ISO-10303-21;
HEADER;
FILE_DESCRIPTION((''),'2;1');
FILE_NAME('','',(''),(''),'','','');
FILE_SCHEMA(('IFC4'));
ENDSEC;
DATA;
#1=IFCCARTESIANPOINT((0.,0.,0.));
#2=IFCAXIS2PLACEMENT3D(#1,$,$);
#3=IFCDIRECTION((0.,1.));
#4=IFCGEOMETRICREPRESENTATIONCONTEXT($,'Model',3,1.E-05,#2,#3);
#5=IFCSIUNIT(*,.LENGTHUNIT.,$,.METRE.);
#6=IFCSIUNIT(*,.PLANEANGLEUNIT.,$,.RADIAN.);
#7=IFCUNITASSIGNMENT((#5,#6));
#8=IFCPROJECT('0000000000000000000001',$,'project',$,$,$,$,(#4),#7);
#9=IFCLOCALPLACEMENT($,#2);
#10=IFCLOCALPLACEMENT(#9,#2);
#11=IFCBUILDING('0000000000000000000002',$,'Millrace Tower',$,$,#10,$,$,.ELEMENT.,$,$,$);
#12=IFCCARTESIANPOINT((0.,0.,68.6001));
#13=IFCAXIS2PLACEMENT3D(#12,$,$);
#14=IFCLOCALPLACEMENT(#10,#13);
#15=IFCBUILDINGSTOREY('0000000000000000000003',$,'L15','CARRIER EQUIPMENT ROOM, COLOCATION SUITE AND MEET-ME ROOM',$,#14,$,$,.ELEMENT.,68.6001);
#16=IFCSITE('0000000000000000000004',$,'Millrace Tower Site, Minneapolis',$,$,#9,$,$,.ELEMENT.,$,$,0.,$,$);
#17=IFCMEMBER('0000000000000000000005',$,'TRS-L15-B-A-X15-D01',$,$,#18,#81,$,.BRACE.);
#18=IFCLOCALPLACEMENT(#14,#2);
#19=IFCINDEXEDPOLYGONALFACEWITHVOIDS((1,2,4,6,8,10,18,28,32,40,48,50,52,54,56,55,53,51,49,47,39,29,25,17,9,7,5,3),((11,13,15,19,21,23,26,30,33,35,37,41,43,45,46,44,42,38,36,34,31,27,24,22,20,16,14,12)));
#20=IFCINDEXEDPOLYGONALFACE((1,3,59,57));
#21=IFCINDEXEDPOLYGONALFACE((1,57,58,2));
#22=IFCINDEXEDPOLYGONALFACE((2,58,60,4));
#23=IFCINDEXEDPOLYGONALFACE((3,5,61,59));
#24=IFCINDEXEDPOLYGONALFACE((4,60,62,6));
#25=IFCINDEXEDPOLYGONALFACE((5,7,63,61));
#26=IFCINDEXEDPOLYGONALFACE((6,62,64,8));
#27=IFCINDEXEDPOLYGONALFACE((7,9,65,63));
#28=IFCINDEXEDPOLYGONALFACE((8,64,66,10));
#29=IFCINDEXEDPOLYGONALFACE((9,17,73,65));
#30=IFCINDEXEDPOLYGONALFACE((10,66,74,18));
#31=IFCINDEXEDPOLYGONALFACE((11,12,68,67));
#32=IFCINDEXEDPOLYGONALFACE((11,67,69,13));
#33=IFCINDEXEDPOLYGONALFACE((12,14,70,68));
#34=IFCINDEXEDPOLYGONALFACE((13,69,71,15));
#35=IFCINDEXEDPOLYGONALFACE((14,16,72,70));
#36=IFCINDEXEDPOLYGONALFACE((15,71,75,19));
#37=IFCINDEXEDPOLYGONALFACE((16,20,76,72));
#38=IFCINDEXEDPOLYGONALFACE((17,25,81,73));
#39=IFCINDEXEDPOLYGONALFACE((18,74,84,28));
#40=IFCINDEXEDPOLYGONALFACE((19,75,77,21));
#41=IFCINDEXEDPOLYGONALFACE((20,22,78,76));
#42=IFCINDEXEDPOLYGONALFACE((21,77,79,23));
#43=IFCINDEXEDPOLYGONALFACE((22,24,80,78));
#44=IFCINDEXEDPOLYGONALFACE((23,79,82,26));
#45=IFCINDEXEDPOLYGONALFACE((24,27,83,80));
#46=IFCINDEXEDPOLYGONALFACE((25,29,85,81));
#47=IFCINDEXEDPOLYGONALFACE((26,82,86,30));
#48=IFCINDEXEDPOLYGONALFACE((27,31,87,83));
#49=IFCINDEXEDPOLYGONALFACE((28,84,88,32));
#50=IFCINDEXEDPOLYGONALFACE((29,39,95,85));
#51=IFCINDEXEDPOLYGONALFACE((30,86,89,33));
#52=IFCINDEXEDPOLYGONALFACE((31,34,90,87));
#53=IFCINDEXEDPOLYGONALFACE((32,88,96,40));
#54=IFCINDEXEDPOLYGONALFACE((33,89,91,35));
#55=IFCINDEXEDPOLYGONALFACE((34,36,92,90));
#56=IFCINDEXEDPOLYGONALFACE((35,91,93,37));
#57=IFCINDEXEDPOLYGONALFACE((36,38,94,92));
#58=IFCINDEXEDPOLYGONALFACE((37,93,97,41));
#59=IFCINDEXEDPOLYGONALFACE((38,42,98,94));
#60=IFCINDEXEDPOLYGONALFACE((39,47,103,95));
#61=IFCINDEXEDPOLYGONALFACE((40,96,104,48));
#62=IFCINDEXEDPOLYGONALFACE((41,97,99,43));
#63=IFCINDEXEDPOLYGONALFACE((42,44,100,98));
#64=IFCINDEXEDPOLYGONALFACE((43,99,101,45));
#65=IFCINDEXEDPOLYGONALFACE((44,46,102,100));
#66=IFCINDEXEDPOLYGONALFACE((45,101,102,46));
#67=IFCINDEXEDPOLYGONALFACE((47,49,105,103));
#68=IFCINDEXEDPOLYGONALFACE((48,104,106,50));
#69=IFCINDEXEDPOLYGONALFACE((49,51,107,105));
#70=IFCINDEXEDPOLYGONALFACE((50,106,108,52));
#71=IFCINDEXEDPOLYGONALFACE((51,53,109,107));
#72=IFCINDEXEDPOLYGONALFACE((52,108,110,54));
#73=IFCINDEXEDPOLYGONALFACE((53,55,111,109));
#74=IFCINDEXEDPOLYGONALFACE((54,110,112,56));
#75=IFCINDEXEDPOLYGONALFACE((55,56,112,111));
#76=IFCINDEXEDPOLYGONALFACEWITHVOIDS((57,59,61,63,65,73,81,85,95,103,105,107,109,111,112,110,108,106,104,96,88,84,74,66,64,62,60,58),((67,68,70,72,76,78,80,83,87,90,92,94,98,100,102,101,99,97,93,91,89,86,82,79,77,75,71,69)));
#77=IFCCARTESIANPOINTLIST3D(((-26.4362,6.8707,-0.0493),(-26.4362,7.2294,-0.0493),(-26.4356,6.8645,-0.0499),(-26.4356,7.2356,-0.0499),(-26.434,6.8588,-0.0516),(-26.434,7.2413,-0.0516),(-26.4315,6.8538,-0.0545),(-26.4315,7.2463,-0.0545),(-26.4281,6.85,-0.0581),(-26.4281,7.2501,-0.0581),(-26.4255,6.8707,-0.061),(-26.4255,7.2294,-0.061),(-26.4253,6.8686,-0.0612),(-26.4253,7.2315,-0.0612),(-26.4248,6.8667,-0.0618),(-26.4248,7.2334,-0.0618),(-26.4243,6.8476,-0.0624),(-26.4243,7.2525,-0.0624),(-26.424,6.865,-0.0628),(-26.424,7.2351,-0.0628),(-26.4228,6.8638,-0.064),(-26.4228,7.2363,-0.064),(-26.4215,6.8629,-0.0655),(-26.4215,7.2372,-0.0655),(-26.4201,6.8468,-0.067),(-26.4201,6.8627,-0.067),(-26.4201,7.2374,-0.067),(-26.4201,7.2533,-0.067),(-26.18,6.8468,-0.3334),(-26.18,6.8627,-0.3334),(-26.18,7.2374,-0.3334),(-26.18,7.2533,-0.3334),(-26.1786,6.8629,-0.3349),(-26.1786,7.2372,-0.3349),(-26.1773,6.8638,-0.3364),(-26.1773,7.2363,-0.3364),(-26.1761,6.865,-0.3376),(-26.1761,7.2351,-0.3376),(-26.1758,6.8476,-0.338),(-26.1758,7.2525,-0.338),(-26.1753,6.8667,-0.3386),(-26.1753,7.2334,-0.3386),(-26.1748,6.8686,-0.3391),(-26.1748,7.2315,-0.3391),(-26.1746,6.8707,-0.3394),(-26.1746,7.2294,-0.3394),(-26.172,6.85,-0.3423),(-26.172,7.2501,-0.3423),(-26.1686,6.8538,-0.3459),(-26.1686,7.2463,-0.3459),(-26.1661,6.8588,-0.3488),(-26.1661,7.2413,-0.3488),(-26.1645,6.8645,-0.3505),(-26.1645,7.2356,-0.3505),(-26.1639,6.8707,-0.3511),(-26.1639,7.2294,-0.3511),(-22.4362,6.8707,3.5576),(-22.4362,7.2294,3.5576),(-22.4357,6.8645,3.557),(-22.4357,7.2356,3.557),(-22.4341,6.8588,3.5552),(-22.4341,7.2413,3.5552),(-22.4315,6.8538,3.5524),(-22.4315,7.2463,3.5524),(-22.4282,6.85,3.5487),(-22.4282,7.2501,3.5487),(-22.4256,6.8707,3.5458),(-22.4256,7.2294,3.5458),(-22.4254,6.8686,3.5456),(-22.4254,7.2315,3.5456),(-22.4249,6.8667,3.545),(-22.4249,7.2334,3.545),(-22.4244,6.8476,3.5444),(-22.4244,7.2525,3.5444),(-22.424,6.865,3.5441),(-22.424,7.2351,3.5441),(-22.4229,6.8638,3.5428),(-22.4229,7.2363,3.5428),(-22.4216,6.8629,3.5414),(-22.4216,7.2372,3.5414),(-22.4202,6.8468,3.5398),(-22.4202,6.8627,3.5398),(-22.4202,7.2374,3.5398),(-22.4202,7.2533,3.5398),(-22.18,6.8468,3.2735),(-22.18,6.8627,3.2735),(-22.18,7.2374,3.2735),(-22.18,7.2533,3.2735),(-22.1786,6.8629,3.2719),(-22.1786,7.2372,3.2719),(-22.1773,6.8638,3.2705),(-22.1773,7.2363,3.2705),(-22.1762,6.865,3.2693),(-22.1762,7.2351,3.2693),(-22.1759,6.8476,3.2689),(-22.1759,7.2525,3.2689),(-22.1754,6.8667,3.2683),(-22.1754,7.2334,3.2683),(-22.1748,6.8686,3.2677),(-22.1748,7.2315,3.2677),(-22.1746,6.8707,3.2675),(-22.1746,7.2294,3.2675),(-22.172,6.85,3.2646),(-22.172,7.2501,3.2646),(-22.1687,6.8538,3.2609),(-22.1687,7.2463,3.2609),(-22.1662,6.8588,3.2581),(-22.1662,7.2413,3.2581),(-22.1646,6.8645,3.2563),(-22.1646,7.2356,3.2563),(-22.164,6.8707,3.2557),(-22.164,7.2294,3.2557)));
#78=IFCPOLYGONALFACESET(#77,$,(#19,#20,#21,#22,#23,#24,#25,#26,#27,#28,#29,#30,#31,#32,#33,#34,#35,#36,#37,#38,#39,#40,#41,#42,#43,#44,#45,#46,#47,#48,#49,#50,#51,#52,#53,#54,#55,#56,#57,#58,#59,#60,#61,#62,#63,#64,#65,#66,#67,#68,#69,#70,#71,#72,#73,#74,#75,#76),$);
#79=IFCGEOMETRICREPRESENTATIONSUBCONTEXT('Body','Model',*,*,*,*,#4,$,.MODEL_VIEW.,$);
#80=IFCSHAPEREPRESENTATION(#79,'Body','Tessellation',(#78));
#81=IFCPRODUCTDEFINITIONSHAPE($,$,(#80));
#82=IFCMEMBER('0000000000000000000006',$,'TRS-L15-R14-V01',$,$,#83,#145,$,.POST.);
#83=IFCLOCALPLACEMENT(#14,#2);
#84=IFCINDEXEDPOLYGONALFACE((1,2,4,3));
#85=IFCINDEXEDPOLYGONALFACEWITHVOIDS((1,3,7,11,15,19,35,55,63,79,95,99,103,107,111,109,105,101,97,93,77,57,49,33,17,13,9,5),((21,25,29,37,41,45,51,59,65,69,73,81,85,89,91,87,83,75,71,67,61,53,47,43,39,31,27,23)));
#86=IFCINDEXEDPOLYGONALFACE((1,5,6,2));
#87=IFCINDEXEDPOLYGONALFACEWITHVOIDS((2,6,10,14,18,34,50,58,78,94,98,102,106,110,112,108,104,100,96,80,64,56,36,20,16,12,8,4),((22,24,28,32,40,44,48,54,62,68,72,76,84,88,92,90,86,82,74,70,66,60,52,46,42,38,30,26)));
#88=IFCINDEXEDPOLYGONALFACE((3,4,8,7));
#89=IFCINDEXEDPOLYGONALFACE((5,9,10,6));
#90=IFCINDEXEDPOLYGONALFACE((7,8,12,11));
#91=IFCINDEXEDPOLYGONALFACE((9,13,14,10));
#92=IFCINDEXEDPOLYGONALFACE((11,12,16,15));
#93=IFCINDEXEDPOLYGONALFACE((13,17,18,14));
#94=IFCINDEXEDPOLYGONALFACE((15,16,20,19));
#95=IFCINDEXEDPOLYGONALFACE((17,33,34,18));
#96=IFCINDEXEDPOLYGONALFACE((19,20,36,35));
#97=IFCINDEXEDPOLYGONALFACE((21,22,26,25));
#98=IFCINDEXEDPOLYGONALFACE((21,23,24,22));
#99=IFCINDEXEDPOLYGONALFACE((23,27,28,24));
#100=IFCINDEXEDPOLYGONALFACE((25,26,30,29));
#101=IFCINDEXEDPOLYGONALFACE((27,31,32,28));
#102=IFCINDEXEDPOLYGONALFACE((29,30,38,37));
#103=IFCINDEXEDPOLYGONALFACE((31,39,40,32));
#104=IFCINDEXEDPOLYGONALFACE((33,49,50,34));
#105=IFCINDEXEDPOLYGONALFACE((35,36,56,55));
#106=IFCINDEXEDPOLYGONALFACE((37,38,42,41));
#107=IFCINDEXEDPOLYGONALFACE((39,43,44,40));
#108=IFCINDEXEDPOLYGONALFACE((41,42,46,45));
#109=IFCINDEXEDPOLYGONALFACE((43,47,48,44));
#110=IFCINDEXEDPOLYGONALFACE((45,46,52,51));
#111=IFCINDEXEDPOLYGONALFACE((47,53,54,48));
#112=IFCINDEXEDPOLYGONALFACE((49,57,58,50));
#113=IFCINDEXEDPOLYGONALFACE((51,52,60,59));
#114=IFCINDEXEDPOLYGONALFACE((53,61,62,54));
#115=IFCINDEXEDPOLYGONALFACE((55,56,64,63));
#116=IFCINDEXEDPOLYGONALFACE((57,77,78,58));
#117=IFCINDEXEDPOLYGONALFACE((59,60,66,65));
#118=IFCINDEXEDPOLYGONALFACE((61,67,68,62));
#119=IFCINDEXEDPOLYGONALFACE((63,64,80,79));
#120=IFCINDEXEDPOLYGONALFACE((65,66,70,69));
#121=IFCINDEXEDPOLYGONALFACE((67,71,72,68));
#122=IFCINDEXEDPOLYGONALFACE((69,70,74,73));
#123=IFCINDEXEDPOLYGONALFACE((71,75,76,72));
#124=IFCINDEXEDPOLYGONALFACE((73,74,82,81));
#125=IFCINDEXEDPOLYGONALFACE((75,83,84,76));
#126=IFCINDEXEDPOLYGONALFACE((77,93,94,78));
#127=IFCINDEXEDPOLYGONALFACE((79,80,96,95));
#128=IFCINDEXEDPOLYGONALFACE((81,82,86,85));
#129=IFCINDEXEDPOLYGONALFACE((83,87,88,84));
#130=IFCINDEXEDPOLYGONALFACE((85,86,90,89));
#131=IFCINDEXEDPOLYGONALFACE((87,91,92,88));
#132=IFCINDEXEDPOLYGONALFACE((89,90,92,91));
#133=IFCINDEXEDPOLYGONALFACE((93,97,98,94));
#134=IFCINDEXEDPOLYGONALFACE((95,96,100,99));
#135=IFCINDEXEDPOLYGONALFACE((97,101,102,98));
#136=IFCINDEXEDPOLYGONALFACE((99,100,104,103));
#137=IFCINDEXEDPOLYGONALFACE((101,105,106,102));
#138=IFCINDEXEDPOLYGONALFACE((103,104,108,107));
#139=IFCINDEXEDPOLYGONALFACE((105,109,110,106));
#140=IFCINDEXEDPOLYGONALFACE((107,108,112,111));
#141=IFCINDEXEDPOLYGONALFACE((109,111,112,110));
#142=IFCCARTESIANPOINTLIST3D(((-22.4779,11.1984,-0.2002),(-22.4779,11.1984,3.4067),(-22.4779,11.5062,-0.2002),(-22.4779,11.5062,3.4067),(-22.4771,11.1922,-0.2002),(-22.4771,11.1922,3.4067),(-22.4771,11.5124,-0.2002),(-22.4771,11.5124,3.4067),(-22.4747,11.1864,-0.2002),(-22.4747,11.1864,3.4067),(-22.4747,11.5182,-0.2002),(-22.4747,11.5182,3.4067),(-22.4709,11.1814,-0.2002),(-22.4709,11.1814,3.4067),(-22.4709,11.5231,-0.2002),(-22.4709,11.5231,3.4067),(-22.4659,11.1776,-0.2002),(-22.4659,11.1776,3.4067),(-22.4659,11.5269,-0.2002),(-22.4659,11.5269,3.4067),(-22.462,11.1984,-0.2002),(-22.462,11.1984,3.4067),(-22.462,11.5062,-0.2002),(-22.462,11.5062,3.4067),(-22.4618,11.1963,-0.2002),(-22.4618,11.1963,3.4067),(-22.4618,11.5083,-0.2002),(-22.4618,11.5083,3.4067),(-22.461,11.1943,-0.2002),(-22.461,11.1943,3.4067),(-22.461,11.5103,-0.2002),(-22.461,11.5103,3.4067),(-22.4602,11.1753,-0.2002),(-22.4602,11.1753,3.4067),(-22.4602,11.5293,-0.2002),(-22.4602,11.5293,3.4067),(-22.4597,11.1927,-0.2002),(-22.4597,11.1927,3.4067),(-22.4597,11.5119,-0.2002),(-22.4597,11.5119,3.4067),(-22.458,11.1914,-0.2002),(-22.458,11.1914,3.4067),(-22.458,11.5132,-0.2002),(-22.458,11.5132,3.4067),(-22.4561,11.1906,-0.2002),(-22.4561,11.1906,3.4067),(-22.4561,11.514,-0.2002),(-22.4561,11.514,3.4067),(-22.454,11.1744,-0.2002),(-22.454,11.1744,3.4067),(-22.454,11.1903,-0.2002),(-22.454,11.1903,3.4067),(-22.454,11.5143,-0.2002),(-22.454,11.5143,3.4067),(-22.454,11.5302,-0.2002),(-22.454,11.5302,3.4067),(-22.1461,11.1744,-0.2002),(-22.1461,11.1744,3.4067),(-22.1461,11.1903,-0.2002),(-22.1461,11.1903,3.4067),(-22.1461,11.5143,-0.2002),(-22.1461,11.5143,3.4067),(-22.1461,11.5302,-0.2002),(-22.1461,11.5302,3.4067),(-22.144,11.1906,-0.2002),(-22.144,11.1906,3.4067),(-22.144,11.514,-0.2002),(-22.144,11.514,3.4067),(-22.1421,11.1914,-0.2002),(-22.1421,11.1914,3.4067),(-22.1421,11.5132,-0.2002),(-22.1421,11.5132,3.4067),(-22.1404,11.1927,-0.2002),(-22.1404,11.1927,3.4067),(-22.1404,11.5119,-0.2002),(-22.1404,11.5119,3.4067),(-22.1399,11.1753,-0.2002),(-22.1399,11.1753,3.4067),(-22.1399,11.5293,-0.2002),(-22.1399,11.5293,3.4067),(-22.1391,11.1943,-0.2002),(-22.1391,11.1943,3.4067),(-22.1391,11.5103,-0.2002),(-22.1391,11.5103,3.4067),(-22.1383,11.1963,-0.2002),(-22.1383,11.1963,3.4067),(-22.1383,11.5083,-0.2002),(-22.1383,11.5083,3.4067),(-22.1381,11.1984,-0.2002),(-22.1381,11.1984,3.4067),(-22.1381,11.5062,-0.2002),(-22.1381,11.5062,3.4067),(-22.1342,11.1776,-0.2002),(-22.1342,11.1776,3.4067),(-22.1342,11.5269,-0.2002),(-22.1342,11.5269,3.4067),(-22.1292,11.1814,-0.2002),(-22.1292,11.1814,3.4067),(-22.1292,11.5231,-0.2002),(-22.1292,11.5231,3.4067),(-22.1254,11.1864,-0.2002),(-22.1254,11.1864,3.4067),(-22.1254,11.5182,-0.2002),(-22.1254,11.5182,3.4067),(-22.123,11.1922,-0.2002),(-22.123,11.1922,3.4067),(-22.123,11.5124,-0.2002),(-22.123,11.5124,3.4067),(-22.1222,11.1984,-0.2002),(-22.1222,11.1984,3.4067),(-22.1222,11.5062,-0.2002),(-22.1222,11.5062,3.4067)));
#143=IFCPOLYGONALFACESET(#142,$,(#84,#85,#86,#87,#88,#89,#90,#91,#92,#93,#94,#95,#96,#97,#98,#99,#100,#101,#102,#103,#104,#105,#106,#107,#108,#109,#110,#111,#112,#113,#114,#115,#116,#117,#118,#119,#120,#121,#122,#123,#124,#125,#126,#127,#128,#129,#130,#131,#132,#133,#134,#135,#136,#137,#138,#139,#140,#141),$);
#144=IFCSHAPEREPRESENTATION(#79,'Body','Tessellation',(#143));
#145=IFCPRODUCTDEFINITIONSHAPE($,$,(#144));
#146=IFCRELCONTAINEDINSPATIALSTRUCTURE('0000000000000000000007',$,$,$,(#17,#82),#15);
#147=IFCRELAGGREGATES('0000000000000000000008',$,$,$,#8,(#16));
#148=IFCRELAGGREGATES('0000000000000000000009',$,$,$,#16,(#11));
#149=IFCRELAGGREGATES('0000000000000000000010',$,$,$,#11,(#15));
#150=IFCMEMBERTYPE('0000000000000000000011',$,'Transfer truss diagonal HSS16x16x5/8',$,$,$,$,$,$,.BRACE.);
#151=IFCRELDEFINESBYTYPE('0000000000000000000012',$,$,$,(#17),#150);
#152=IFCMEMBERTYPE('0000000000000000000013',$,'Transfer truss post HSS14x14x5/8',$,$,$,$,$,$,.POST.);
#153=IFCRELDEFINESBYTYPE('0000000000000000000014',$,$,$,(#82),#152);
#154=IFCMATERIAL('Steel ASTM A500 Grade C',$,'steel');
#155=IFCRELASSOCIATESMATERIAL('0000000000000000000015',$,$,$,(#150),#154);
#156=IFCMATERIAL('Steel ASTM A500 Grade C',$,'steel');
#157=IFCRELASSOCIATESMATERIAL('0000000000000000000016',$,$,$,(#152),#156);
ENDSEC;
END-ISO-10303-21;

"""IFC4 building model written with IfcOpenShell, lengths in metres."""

from ifc_helpers import new_model, si_unit, direction, frame, origin, origin_2d, place, context, subcontext, project, spatial, hollow_rectangle, extrude, material, material_profile, profile_set, type_object, element, save


model = new_model("IFC4")

# Units and contexts
model_context = context("Model", 3, precision=1e-05, world=origin(), true_north=direction((0.0, 1.0)))
body_context = subcontext(model_context, "Body", "Model", "MODEL_VIEW")
ifc_project = project(units=[si_unit("LENGTHUNIT", "METRE"), si_unit("PLANEANGLEUNIT", "RADIAN")], contexts=[model_context])

# Site, building, storey
site_placement = place(None, origin())
site = spatial("IfcSite", under=ifc_project, at=site_placement, Name="Millrace Tower Site, Minneapolis", CompositionType="ELEMENT", RefElevation=0.0)
building_placement = place(site_placement, origin())
building = spatial("IfcBuilding", under=site, at=building_placement, Name="Millrace Tower", CompositionType="ELEMENT")
storey_placement = place(building_placement, frame((0.0, 0.0, 68.6001)))
storey = spatial("IfcBuildingStorey", under=building, at=storey_placement, Name="L15", Description="CARRIER EQUIPMENT ROOM, COLOCATION SUITE AND MEET-ME ROOM", CompositionType="ELEMENT", Elevation=68.6001)

# Members
ifc_material_1 = material(Name="Steel ASTM A500 Grade C", Category="steel")
ifc_material_profile_1 = material_profile(ifc_material_1, hollow_rectangle(XDim=0.4065, YDim=0.4065, WallThickness=0.0159, InnerFilletRadius=0.0081, OuterFilletRadius=0.0239, at=origin_2d()))
ifc_profile_set_1 = profile_set([ifc_material_profile_1], Name="Steel ASTM A500 Grade C")
member_type_1 = type_object("IfcMemberType", Name="Transfer truss diagonal HSS16x16x5/8", PredefinedType="BRACE", material=ifc_profile_set_1)
member_1_placement = place(storey_placement, frame((-26.3, 7.05, -0.2002), z_axis=(0.742654, 0.0, 0.669676), x_axis=(0.0, 1.0, 0.0)))
element("IfcMember", 1, at=member_1_placement, inside=storey, type_object=member_type_1, Name="TRS-L15-B-A-X15-D01", PredefinedType="BRACE", context=body_context, shape_type="SweptSolid", body=[
    extrude(hollow_rectangle(XDim=0.4065, YDim=0.4065, WallThickness=0.0159, InnerFilletRadius=0.0081, OuterFilletRadius=0.0239, at=origin_2d()), origin(), (0.0, 0.0, 1.0), 5.386),
])
ifc_material_2 = material(Name="Steel ASTM A500 Grade C", Category="steel")
ifc_material_profile_2 = material_profile(ifc_material_2, hollow_rectangle(XDim=0.3557, YDim=0.3557, WallThickness=0.0159, InnerFilletRadius=0.0081, OuterFilletRadius=0.0239, at=origin_2d()))
ifc_profile_set_2 = profile_set([ifc_material_profile_2], Name="Steel ASTM A500 Grade C")
member_type_2 = type_object("IfcMemberType", Name="Transfer truss post HSS14x14x5/8", PredefinedType="POST", material=ifc_profile_set_2)
for number, where, z_axis, x_axis, name in (
    (2, (-22.3, 11.3523, -0.2002), (0.0, 0.0, 1.0), (1.0, 0.0, 0.0), "TRS-L15-R14-V01"),
):
    element("IfcMember", number, at=place(storey_placement, frame(where, z_axis=z_axis, x_axis=x_axis)), inside=storey, type_object=member_type_2, Name=name, PredefinedType="POST", context=body_context, shape_type="SweptSolid", body=[
        extrude(hollow_rectangle(XDim=0.3557, YDim=0.3557, WallThickness=0.0159, InnerFilletRadius=0.0081, OuterFilletRadius=0.0239, at=origin_2d()), origin(), (0.0, 0.0, 1.0), 3.6069),
    ])

save(model, "model.ifc")
